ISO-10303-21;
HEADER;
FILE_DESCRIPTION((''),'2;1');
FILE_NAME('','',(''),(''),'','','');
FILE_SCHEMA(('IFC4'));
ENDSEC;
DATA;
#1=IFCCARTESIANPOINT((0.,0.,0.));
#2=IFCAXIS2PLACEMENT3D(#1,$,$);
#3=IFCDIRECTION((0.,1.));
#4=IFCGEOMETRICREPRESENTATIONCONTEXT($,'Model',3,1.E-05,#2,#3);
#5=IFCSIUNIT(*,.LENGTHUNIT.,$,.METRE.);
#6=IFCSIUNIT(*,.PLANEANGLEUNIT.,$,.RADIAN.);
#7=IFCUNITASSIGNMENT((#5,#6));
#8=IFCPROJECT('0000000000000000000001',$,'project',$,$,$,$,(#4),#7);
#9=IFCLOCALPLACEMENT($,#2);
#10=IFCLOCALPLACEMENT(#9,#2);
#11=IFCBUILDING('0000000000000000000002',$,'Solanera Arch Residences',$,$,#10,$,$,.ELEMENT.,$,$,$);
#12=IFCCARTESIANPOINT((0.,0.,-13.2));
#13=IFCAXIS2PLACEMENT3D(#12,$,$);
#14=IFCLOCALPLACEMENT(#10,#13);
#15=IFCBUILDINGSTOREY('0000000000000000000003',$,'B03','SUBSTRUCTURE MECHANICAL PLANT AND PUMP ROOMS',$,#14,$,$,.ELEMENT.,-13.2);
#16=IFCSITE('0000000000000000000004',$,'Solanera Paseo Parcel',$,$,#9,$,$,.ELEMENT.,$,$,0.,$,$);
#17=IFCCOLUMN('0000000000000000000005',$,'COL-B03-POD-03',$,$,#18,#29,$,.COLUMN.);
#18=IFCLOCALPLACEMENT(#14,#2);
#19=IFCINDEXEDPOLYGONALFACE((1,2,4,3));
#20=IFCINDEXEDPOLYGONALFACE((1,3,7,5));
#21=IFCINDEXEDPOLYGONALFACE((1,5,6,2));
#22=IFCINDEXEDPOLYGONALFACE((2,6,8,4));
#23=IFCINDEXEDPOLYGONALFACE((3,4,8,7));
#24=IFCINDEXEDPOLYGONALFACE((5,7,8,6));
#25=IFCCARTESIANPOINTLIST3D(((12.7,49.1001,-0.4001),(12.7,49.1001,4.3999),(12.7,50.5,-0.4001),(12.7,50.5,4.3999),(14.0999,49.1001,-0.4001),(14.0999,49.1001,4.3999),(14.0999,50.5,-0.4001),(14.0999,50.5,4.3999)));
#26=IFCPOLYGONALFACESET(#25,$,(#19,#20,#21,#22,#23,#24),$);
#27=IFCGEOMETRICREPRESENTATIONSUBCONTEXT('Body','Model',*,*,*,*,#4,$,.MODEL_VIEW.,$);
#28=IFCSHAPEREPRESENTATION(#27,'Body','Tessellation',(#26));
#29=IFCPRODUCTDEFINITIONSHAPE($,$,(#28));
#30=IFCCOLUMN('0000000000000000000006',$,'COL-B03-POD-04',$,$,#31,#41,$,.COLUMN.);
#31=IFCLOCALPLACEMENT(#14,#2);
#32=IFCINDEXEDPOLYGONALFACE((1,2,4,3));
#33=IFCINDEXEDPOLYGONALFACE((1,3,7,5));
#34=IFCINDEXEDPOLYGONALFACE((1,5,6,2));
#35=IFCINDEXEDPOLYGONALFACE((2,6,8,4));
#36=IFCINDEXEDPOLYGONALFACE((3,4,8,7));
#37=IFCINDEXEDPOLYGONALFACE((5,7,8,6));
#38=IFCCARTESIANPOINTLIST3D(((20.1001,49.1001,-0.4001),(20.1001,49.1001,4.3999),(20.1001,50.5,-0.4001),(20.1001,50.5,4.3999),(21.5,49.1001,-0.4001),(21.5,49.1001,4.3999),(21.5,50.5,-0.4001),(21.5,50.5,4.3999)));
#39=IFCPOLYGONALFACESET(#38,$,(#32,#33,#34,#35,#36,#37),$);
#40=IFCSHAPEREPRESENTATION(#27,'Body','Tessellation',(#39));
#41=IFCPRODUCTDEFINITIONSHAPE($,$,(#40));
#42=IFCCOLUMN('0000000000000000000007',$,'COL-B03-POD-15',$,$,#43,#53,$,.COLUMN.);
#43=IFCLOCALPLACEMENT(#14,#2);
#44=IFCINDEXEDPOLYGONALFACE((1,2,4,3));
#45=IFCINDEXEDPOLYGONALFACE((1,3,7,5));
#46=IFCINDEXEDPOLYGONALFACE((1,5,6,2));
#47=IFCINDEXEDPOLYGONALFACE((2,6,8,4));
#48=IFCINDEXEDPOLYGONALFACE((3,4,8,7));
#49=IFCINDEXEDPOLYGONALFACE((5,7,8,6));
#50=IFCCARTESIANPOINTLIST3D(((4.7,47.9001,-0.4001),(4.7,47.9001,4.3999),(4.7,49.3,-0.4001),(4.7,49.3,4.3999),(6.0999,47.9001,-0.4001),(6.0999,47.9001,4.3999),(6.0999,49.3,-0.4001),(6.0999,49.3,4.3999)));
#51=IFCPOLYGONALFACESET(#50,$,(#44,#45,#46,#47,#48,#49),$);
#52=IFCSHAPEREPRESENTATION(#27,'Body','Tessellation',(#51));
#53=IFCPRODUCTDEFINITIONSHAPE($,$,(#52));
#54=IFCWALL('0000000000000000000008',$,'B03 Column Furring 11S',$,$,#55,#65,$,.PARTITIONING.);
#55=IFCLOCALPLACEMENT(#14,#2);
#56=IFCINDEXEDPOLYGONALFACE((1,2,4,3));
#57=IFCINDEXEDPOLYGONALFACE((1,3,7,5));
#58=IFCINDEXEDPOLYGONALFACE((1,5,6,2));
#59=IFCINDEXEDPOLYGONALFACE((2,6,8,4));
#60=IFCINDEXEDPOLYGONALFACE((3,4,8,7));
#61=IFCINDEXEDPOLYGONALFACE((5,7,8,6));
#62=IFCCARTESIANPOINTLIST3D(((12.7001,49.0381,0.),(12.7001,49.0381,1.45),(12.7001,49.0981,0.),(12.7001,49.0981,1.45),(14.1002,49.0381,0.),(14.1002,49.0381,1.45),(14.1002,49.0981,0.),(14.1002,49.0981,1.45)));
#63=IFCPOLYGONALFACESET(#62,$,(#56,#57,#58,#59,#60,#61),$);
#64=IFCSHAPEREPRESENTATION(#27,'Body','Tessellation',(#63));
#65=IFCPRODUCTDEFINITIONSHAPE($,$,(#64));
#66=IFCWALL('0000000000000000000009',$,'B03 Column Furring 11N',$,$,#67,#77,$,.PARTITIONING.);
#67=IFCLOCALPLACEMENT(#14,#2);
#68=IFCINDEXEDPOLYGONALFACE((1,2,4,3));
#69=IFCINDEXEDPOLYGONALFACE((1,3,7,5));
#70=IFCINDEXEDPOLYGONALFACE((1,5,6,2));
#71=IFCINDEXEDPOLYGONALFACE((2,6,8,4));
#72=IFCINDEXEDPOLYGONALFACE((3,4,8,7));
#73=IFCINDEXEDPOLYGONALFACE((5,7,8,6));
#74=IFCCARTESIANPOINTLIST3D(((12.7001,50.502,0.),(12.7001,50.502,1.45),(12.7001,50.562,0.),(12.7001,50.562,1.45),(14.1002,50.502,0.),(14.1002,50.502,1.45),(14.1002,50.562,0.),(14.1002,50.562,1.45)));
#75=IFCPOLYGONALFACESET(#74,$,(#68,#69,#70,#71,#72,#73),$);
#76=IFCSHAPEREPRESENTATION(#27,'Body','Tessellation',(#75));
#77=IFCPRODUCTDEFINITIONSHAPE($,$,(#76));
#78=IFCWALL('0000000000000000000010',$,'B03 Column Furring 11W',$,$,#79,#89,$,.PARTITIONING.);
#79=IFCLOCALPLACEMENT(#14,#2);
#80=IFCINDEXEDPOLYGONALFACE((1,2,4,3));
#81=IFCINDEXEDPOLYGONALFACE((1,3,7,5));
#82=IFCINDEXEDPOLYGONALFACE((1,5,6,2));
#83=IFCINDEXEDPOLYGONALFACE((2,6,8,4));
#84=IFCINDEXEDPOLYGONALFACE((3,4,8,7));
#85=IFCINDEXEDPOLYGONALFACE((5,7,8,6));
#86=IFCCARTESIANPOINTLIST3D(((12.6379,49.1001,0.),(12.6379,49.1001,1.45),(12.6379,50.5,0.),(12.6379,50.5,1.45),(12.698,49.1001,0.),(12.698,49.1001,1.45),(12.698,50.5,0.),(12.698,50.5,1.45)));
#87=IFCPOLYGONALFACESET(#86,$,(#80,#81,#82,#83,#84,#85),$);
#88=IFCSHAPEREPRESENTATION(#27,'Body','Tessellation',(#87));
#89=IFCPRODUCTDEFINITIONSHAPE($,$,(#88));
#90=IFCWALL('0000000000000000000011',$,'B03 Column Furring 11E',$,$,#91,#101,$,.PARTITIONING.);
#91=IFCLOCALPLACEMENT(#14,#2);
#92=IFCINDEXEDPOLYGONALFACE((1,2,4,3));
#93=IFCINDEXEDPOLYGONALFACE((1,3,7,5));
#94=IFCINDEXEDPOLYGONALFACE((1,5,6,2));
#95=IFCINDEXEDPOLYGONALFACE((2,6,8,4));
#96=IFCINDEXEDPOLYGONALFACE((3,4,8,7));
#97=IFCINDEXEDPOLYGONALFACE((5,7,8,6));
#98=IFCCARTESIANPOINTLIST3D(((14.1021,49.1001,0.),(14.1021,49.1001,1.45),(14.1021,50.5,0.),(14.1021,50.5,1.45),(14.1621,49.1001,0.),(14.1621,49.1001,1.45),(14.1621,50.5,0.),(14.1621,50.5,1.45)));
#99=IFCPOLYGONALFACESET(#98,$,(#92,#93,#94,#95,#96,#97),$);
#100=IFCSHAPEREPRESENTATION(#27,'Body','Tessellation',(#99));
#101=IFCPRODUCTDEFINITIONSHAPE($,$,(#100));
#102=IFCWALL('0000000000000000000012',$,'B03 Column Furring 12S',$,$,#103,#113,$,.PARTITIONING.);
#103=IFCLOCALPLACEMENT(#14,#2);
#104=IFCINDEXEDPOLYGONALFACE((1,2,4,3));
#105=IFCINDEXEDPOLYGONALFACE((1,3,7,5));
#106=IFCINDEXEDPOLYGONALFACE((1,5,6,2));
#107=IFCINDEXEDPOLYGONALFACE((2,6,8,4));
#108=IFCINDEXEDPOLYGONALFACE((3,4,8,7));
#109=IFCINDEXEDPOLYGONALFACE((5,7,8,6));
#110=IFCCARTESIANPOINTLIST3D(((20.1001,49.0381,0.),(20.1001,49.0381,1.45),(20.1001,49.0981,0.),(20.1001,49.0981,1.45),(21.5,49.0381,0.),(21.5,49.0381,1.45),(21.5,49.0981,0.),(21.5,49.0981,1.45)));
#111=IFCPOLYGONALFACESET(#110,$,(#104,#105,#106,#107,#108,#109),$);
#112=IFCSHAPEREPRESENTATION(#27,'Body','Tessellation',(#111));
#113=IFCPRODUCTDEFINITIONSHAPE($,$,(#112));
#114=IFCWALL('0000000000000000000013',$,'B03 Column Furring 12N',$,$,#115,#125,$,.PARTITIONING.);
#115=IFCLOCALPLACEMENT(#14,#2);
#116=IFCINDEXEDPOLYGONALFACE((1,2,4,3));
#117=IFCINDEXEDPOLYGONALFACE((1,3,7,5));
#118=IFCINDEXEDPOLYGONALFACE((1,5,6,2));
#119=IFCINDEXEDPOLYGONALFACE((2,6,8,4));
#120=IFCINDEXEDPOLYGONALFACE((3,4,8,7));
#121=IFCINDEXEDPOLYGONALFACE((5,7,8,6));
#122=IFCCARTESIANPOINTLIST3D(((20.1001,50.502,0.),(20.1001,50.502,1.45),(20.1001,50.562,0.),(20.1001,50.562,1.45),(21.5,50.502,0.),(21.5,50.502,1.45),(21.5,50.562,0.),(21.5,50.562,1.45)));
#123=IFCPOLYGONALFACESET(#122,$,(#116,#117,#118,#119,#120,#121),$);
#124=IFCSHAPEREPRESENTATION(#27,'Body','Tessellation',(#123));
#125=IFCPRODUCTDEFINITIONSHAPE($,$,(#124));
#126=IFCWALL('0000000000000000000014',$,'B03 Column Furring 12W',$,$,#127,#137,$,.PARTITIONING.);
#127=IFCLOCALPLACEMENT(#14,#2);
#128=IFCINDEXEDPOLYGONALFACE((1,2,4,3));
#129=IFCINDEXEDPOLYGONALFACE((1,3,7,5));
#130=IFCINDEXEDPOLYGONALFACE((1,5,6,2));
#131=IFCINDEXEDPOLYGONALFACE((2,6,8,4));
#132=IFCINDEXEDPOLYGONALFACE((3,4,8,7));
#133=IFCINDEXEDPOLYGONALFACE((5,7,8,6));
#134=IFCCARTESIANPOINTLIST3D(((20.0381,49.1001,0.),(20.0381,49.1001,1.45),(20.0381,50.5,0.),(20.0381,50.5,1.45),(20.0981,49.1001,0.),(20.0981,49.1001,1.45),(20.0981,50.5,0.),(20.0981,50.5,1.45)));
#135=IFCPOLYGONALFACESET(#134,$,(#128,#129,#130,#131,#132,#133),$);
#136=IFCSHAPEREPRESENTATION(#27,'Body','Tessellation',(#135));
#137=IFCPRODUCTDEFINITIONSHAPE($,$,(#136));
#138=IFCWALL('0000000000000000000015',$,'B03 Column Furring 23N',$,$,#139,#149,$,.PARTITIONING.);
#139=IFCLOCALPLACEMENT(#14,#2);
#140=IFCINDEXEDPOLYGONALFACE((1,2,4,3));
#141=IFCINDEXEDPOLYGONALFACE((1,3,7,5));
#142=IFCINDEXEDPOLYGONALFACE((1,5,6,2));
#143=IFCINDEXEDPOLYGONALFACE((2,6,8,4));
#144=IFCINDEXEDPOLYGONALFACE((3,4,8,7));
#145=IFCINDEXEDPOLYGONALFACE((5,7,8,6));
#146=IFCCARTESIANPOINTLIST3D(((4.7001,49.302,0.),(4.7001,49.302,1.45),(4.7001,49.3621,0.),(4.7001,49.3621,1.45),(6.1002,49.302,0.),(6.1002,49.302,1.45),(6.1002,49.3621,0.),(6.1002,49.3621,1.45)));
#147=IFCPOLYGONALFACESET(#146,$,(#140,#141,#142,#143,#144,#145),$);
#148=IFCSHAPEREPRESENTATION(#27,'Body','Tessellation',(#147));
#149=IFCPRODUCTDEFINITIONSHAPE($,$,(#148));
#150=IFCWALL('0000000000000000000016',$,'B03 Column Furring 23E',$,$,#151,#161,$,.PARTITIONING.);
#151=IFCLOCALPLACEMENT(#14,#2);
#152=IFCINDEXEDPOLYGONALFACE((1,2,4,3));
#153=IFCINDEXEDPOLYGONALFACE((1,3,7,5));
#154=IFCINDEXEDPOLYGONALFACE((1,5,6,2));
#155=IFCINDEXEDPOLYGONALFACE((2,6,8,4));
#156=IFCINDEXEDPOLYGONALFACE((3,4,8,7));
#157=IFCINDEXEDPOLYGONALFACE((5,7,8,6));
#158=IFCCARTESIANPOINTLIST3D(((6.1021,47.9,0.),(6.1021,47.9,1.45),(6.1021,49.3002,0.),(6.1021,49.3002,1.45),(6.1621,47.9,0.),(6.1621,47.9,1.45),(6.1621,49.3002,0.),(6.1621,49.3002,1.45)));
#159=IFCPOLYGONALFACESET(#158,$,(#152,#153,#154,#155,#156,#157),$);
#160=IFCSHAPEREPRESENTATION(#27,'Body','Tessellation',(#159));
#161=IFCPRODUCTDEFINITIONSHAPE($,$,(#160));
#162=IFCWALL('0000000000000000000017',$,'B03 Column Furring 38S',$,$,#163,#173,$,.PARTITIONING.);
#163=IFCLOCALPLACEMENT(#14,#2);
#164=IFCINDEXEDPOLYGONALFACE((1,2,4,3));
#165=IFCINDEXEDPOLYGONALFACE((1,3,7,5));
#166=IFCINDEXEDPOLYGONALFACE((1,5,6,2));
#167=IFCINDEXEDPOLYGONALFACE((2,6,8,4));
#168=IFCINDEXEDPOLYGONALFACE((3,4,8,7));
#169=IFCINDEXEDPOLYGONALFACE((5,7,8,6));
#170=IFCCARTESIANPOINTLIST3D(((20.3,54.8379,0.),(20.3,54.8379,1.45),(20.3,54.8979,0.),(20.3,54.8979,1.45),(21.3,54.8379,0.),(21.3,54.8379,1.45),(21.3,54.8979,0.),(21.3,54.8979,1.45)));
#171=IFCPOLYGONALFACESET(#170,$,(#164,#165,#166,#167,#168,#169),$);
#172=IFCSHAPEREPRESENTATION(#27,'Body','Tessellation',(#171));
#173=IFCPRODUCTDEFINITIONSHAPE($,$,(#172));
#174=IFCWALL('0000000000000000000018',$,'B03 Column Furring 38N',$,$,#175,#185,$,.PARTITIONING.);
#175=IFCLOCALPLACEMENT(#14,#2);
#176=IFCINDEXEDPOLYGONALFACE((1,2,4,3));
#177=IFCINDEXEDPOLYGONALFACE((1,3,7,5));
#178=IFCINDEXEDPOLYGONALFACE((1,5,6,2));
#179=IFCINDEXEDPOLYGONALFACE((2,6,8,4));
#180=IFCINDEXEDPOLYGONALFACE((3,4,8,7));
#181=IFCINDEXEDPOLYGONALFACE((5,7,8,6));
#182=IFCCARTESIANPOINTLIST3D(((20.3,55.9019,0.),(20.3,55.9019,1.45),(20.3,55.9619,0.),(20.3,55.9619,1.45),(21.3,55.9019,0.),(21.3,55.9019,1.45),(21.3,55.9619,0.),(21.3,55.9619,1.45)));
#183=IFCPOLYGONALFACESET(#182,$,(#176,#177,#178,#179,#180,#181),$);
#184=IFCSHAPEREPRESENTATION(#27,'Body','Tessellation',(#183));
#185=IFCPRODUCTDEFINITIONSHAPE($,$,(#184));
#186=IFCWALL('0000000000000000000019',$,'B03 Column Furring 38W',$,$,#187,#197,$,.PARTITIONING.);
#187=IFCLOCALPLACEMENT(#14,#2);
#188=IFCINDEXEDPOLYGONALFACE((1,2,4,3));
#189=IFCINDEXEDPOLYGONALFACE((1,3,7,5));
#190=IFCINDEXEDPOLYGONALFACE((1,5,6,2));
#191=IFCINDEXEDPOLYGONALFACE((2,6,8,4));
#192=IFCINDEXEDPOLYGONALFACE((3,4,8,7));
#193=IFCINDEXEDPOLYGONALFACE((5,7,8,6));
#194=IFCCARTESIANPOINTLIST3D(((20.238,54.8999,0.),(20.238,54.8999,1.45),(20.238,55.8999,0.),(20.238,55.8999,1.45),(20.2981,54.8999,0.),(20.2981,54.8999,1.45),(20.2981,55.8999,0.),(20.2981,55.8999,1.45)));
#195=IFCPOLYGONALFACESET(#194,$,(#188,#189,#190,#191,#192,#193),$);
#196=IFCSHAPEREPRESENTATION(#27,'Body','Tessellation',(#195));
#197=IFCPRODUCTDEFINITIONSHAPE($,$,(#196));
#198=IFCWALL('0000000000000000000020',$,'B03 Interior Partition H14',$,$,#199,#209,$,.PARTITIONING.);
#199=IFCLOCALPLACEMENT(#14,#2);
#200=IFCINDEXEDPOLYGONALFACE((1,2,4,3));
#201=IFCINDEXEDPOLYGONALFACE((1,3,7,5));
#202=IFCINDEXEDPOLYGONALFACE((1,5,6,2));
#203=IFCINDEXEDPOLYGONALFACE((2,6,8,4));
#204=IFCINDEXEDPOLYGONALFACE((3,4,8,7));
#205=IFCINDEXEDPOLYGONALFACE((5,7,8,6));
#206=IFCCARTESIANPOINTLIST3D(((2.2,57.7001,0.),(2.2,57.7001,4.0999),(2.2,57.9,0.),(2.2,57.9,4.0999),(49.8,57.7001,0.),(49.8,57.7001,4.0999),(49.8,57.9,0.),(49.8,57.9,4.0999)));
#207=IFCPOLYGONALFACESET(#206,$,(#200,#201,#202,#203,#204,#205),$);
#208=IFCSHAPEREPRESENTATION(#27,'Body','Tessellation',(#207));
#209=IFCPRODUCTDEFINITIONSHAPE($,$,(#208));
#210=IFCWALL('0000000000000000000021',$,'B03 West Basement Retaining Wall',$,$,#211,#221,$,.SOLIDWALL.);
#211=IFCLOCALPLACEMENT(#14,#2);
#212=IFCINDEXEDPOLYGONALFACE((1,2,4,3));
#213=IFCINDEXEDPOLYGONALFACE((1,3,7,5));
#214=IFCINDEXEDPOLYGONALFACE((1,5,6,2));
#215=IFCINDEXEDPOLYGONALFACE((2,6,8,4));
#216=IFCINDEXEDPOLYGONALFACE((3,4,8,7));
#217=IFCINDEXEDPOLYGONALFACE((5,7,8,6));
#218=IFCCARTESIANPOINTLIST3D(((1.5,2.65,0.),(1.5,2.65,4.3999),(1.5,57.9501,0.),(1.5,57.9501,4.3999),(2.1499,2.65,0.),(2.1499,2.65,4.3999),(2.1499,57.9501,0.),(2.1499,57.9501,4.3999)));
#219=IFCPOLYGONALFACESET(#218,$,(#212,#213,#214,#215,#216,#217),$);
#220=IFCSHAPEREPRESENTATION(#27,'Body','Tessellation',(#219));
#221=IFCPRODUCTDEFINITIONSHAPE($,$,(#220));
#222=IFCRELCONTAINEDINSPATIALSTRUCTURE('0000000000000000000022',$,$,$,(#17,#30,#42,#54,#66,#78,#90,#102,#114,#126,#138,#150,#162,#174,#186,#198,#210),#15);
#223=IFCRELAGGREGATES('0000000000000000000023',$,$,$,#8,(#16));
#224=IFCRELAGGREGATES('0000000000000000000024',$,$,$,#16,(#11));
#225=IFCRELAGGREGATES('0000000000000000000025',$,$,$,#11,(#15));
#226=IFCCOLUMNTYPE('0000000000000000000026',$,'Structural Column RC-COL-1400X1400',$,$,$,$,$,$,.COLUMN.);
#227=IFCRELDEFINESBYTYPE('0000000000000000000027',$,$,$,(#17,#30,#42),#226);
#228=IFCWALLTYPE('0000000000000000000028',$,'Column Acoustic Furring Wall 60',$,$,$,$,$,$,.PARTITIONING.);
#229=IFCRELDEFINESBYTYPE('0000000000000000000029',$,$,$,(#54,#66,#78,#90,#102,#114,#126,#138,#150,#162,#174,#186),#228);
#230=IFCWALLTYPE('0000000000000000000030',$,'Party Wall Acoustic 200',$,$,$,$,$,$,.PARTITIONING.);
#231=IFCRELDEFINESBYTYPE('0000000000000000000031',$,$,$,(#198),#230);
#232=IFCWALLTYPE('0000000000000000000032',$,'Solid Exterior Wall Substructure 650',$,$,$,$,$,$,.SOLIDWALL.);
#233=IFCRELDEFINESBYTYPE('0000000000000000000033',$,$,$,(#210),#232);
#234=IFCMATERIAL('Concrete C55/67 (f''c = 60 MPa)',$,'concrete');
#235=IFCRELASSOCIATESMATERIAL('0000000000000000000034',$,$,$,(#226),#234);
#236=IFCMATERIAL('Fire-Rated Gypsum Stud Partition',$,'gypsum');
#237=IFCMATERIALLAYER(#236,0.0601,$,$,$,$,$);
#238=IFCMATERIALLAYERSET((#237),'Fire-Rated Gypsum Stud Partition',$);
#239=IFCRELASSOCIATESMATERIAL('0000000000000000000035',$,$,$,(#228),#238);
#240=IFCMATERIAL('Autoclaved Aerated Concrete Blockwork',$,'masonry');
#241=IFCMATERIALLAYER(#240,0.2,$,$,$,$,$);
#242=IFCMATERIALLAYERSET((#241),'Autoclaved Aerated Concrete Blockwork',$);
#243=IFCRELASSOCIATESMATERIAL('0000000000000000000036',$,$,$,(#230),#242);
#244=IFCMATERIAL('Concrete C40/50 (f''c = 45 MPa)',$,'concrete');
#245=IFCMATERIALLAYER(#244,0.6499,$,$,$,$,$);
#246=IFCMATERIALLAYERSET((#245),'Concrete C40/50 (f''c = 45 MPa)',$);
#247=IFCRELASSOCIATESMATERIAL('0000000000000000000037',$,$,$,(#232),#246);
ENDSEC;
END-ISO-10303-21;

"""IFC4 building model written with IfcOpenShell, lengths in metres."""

from ifc_helpers import new_model, si_unit, direction, frame, frame_2d, origin, origin_2d, place, context, subcontext, project, spatial, rectangle, extrude, material, layer, layer_set, material_profile, profile_set, type_object, element, save


model = new_model("IFC4")

# Units and contexts
model_context = context("Model", 3, precision=1e-05, world=origin(), true_north=direction((0.0, 1.0)))
body_context = subcontext(model_context, "Body", "Model", "MODEL_VIEW")
ifc_project = project(units=[si_unit("LENGTHUNIT", "METRE"), si_unit("PLANEANGLEUNIT", "RADIAN")], contexts=[model_context])

# Site, building, storey
site_placement = place(None, origin())
site = spatial("IfcSite", under=ifc_project, at=site_placement, Name="Solanera Paseo Parcel", CompositionType="ELEMENT", RefElevation=0.0)
building_placement = place(site_placement, origin())
building = spatial("IfcBuilding", under=site, at=building_placement, Name="Solanera Arch Residences", CompositionType="ELEMENT")
storey_placement = place(building_placement, frame((0.0, 0.0, -13.2)))
storey = spatial("IfcBuildingStorey", under=building, at=storey_placement, Name="B03", Description="SUBSTRUCTURE MECHANICAL PLANT AND PUMP ROOMS", CompositionType="ELEMENT", Elevation=-13.2)

# Columns
ifc_material_1 = material(Name="Concrete C55/67 (f'c = 60 MPa)", Category="concrete")
ifc_material_profile = material_profile(ifc_material_1, rectangle(XDim=1.3999, YDim=1.3999, at=origin_2d()))
ifc_profile_set = profile_set([ifc_material_profile], Name="Concrete C55/67 (f'c = 60 MPa)")
column_type = type_object("IfcColumnType", Name="Structural Column RC-COL-1400X1400", PredefinedType="COLUMN", material=ifc_profile_set)
for number, where, z_axis, x_axis, name in (
    (1, (13.3999, 49.8, -0.4001), (0.0, 0.0, 1.0), (1.0, 0.0, 0.0), "COL-B03-POD-03"),
    (2, (20.8, 49.8, -0.4001), (0.0, 0.0, 1.0), (1.0, 0.0, 0.0), "COL-B03-POD-04"),
    (3, (5.3999, 48.6001, -0.4001), (0.0, 0.0, 1.0), (1.0, 0.0, 0.0), "COL-B03-POD-15"),
):
    element("IfcColumn", number, at=place(storey_placement, frame(where, z_axis=z_axis, x_axis=x_axis)), inside=storey, type_object=column_type, Name=name, PredefinedType="COLUMN", context=body_context, shape_type="SweptSolid", body=[
        extrude(rectangle(XDim=1.3999, YDim=1.3999, at=origin_2d()), origin(), (0.0, 0.0, 1.0), 4.8),
    ])

# Walls
ifc_material_2 = material(Name="Fire-Rated Gypsum Stud Partition", Category="gypsum")
ifc_layer_1 = layer(ifc_material_2, 0.0601)
ifc_layer_set_1 = layer_set([ifc_layer_1], Name="Fire-Rated Gypsum Stud Partition")
wall_type_1 = type_object("IfcWallType", Name="Column Acoustic Furring Wall 60", PredefinedType="PARTITIONING", material=ifc_layer_set_1)
for number, where, z_axis, x_axis, name in (
    (4, (12.7, 49.0681, 0.0), (0.0, 0.0, 1.0), (1.0, 0.0, 0.0), "B03 Column Furring 11S"),
    (5, (12.7, 50.532, 0.0), (0.0, 0.0, 1.0), (1.0, 0.0, 0.0), "B03 Column Furring 11N"),
):
    element("IfcWall", number, at=place(storey_placement, frame(where, z_axis=z_axis, x_axis=x_axis)), inside=storey, type_object=wall_type_1, Name=name, PredefinedType="PARTITIONING", context=body_context, shape_type="SweptSolid", body=[
        extrude(rectangle(XDim=1.4001, YDim=0.0601, at=frame_2d((0.7002, 0.0))), origin(), (0.0, 0.0, 1.0), 1.45),
    ])
for number, where, z_axis, x_axis, name in (
    (6, (12.668, 49.1001, 0.0), (0.0, 0.0, 1.0), (0.0, 1.0, 0.0), "B03 Column Furring 11W"),
    (7, (14.1321, 49.1001, 0.0), (0.0, 0.0, 1.0), (0.0, 1.0, 0.0), "B03 Column Furring 11E"),
    (8, (20.1001, 49.0681, 0.0), (0.0, 0.0, 1.0), (1.0, 0.0, 0.0), "B03 Column Furring 12S"),
    (9, (20.1001, 50.532, 0.0), (0.0, 0.0, 1.0), (1.0, 0.0, 0.0), "B03 Column Furring 12N"),
    (10, (20.0681, 49.1001, 0.0), (0.0, 0.0, 1.0), (0.0, 1.0, 0.0), "B03 Column Furring 12W"),
):
    element("IfcWall", number, at=place(storey_placement, frame(where, z_axis=z_axis, x_axis=x_axis)), inside=storey, type_object=wall_type_1, Name=name, PredefinedType="PARTITIONING", context=body_context, shape_type="SweptSolid", body=[
        extrude(rectangle(XDim=1.3999, YDim=0.0601, at=frame_2d((0.7, 0.0))), origin(), (0.0, 0.0, 1.0), 1.45),
    ])
for number, where, z_axis, x_axis, name in (
    (11, (4.7, 49.332, 0.0), (0.0, 0.0, 1.0), (1.0, 0.0, 0.0), "B03 Column Furring 23N"),
    (12, (6.1321, 47.8999, 0.0), (0.0, 0.0, 1.0), (0.0, 1.0, 0.0), "B03 Column Furring 23E"),
):
    element("IfcWall", number, at=place(storey_placement, frame(where, z_axis=z_axis, x_axis=x_axis)), inside=storey, type_object=wall_type_1, Name=name, PredefinedType="PARTITIONING", context=body_context, shape_type="SweptSolid", body=[
        extrude(rectangle(XDim=1.4001, YDim=0.0601, at=frame_2d((0.7002, 0.0))), origin(), (0.0, 0.0, 1.0), 1.45),
    ])
for number, where, z_axis, x_axis, name in (
    (13, (20.3, 54.8679, 0.0), (0.0, 0.0, 1.0), (1.0, 0.0, 0.0), "B03 Column Furring 38S"),
    (14, (20.3, 55.9319, 0.0), (0.0, 0.0, 1.0), (1.0, 0.0, 0.0), "B03 Column Furring 38N"),
    (15, (20.2681, 54.8999, 0.0), (0.0, 0.0, 1.0), (0.0, 1.0, 0.0), "B03 Column Furring 38W"),
):
    element("IfcWall", number, at=place(storey_placement, frame(where, z_axis=z_axis, x_axis=x_axis)), inside=storey, type_object=wall_type_1, Name=name, PredefinedType="PARTITIONING", context=body_context, shape_type="SweptSolid", body=[
        extrude(rectangle(XDim=1.0, YDim=0.0601, at=frame_2d((0.5, 0.0))), origin(), (0.0, 0.0, 1.0), 1.45),
    ])
ifc_material_3 = material(Name="Autoclaved Aerated Concrete Blockwork", Category="masonry")
ifc_layer_2 = layer(ifc_material_3, 0.2)
ifc_layer_set_2 = layer_set([ifc_layer_2], Name="Autoclaved Aerated Concrete Blockwork")
wall_type_2 = type_object("IfcWallType", Name="Party Wall Acoustic 200", PredefinedType="PARTITIONING", material=ifc_layer_set_2)
wall_1_placement = place(storey_placement, frame((2.2, 57.8, 0.0), z_axis=(0.0, 0.0, 1.0), x_axis=(1.0, 0.0, 0.0)))
element("IfcWall", 16, at=wall_1_placement, inside=storey, type_object=wall_type_2, Name="B03 Interior Partition H14", PredefinedType="PARTITIONING", context=body_context, shape_type="SweptSolid", body=[
    extrude(rectangle(XDim=47.6001, YDim=0.2, at=frame_2d((23.8, 0.0))), origin(), (0.0, 0.0, 1.0), 4.0999),
])
ifc_material_4 = material(Name="Concrete C40/50 (f'c = 45 MPa)", Category="concrete")
ifc_layer_3 = layer(ifc_material_4, 0.6499)
ifc_layer_set_3 = layer_set([ifc_layer_3], Name="Concrete C40/50 (f'c = 45 MPa)")
wall_type_3 = type_object("IfcWallType", Name="Solid Exterior Wall Substructure 650", PredefinedType="SOLIDWALL", material=ifc_layer_set_3)
wall_2_placement = place(storey_placement, frame((1.825, 57.95, 0.0), z_axis=(0.0, 0.0, 1.0), x_axis=(0.0, -1.0, 0.0)))
element("IfcWall", 17, at=wall_2_placement, inside=storey, type_object=wall_type_3, Name="B03 West Basement Retaining Wall", PredefinedType="SOLIDWALL", context=body_context, shape_type="SweptSolid", body=[
    extrude(rectangle(XDim=55.3, YDim=0.6499, at=frame_2d((27.6499, 0.0))), origin(), (0.0, 0.0, 1.0), 4.3999),
])

save(model, "model.ifc")
